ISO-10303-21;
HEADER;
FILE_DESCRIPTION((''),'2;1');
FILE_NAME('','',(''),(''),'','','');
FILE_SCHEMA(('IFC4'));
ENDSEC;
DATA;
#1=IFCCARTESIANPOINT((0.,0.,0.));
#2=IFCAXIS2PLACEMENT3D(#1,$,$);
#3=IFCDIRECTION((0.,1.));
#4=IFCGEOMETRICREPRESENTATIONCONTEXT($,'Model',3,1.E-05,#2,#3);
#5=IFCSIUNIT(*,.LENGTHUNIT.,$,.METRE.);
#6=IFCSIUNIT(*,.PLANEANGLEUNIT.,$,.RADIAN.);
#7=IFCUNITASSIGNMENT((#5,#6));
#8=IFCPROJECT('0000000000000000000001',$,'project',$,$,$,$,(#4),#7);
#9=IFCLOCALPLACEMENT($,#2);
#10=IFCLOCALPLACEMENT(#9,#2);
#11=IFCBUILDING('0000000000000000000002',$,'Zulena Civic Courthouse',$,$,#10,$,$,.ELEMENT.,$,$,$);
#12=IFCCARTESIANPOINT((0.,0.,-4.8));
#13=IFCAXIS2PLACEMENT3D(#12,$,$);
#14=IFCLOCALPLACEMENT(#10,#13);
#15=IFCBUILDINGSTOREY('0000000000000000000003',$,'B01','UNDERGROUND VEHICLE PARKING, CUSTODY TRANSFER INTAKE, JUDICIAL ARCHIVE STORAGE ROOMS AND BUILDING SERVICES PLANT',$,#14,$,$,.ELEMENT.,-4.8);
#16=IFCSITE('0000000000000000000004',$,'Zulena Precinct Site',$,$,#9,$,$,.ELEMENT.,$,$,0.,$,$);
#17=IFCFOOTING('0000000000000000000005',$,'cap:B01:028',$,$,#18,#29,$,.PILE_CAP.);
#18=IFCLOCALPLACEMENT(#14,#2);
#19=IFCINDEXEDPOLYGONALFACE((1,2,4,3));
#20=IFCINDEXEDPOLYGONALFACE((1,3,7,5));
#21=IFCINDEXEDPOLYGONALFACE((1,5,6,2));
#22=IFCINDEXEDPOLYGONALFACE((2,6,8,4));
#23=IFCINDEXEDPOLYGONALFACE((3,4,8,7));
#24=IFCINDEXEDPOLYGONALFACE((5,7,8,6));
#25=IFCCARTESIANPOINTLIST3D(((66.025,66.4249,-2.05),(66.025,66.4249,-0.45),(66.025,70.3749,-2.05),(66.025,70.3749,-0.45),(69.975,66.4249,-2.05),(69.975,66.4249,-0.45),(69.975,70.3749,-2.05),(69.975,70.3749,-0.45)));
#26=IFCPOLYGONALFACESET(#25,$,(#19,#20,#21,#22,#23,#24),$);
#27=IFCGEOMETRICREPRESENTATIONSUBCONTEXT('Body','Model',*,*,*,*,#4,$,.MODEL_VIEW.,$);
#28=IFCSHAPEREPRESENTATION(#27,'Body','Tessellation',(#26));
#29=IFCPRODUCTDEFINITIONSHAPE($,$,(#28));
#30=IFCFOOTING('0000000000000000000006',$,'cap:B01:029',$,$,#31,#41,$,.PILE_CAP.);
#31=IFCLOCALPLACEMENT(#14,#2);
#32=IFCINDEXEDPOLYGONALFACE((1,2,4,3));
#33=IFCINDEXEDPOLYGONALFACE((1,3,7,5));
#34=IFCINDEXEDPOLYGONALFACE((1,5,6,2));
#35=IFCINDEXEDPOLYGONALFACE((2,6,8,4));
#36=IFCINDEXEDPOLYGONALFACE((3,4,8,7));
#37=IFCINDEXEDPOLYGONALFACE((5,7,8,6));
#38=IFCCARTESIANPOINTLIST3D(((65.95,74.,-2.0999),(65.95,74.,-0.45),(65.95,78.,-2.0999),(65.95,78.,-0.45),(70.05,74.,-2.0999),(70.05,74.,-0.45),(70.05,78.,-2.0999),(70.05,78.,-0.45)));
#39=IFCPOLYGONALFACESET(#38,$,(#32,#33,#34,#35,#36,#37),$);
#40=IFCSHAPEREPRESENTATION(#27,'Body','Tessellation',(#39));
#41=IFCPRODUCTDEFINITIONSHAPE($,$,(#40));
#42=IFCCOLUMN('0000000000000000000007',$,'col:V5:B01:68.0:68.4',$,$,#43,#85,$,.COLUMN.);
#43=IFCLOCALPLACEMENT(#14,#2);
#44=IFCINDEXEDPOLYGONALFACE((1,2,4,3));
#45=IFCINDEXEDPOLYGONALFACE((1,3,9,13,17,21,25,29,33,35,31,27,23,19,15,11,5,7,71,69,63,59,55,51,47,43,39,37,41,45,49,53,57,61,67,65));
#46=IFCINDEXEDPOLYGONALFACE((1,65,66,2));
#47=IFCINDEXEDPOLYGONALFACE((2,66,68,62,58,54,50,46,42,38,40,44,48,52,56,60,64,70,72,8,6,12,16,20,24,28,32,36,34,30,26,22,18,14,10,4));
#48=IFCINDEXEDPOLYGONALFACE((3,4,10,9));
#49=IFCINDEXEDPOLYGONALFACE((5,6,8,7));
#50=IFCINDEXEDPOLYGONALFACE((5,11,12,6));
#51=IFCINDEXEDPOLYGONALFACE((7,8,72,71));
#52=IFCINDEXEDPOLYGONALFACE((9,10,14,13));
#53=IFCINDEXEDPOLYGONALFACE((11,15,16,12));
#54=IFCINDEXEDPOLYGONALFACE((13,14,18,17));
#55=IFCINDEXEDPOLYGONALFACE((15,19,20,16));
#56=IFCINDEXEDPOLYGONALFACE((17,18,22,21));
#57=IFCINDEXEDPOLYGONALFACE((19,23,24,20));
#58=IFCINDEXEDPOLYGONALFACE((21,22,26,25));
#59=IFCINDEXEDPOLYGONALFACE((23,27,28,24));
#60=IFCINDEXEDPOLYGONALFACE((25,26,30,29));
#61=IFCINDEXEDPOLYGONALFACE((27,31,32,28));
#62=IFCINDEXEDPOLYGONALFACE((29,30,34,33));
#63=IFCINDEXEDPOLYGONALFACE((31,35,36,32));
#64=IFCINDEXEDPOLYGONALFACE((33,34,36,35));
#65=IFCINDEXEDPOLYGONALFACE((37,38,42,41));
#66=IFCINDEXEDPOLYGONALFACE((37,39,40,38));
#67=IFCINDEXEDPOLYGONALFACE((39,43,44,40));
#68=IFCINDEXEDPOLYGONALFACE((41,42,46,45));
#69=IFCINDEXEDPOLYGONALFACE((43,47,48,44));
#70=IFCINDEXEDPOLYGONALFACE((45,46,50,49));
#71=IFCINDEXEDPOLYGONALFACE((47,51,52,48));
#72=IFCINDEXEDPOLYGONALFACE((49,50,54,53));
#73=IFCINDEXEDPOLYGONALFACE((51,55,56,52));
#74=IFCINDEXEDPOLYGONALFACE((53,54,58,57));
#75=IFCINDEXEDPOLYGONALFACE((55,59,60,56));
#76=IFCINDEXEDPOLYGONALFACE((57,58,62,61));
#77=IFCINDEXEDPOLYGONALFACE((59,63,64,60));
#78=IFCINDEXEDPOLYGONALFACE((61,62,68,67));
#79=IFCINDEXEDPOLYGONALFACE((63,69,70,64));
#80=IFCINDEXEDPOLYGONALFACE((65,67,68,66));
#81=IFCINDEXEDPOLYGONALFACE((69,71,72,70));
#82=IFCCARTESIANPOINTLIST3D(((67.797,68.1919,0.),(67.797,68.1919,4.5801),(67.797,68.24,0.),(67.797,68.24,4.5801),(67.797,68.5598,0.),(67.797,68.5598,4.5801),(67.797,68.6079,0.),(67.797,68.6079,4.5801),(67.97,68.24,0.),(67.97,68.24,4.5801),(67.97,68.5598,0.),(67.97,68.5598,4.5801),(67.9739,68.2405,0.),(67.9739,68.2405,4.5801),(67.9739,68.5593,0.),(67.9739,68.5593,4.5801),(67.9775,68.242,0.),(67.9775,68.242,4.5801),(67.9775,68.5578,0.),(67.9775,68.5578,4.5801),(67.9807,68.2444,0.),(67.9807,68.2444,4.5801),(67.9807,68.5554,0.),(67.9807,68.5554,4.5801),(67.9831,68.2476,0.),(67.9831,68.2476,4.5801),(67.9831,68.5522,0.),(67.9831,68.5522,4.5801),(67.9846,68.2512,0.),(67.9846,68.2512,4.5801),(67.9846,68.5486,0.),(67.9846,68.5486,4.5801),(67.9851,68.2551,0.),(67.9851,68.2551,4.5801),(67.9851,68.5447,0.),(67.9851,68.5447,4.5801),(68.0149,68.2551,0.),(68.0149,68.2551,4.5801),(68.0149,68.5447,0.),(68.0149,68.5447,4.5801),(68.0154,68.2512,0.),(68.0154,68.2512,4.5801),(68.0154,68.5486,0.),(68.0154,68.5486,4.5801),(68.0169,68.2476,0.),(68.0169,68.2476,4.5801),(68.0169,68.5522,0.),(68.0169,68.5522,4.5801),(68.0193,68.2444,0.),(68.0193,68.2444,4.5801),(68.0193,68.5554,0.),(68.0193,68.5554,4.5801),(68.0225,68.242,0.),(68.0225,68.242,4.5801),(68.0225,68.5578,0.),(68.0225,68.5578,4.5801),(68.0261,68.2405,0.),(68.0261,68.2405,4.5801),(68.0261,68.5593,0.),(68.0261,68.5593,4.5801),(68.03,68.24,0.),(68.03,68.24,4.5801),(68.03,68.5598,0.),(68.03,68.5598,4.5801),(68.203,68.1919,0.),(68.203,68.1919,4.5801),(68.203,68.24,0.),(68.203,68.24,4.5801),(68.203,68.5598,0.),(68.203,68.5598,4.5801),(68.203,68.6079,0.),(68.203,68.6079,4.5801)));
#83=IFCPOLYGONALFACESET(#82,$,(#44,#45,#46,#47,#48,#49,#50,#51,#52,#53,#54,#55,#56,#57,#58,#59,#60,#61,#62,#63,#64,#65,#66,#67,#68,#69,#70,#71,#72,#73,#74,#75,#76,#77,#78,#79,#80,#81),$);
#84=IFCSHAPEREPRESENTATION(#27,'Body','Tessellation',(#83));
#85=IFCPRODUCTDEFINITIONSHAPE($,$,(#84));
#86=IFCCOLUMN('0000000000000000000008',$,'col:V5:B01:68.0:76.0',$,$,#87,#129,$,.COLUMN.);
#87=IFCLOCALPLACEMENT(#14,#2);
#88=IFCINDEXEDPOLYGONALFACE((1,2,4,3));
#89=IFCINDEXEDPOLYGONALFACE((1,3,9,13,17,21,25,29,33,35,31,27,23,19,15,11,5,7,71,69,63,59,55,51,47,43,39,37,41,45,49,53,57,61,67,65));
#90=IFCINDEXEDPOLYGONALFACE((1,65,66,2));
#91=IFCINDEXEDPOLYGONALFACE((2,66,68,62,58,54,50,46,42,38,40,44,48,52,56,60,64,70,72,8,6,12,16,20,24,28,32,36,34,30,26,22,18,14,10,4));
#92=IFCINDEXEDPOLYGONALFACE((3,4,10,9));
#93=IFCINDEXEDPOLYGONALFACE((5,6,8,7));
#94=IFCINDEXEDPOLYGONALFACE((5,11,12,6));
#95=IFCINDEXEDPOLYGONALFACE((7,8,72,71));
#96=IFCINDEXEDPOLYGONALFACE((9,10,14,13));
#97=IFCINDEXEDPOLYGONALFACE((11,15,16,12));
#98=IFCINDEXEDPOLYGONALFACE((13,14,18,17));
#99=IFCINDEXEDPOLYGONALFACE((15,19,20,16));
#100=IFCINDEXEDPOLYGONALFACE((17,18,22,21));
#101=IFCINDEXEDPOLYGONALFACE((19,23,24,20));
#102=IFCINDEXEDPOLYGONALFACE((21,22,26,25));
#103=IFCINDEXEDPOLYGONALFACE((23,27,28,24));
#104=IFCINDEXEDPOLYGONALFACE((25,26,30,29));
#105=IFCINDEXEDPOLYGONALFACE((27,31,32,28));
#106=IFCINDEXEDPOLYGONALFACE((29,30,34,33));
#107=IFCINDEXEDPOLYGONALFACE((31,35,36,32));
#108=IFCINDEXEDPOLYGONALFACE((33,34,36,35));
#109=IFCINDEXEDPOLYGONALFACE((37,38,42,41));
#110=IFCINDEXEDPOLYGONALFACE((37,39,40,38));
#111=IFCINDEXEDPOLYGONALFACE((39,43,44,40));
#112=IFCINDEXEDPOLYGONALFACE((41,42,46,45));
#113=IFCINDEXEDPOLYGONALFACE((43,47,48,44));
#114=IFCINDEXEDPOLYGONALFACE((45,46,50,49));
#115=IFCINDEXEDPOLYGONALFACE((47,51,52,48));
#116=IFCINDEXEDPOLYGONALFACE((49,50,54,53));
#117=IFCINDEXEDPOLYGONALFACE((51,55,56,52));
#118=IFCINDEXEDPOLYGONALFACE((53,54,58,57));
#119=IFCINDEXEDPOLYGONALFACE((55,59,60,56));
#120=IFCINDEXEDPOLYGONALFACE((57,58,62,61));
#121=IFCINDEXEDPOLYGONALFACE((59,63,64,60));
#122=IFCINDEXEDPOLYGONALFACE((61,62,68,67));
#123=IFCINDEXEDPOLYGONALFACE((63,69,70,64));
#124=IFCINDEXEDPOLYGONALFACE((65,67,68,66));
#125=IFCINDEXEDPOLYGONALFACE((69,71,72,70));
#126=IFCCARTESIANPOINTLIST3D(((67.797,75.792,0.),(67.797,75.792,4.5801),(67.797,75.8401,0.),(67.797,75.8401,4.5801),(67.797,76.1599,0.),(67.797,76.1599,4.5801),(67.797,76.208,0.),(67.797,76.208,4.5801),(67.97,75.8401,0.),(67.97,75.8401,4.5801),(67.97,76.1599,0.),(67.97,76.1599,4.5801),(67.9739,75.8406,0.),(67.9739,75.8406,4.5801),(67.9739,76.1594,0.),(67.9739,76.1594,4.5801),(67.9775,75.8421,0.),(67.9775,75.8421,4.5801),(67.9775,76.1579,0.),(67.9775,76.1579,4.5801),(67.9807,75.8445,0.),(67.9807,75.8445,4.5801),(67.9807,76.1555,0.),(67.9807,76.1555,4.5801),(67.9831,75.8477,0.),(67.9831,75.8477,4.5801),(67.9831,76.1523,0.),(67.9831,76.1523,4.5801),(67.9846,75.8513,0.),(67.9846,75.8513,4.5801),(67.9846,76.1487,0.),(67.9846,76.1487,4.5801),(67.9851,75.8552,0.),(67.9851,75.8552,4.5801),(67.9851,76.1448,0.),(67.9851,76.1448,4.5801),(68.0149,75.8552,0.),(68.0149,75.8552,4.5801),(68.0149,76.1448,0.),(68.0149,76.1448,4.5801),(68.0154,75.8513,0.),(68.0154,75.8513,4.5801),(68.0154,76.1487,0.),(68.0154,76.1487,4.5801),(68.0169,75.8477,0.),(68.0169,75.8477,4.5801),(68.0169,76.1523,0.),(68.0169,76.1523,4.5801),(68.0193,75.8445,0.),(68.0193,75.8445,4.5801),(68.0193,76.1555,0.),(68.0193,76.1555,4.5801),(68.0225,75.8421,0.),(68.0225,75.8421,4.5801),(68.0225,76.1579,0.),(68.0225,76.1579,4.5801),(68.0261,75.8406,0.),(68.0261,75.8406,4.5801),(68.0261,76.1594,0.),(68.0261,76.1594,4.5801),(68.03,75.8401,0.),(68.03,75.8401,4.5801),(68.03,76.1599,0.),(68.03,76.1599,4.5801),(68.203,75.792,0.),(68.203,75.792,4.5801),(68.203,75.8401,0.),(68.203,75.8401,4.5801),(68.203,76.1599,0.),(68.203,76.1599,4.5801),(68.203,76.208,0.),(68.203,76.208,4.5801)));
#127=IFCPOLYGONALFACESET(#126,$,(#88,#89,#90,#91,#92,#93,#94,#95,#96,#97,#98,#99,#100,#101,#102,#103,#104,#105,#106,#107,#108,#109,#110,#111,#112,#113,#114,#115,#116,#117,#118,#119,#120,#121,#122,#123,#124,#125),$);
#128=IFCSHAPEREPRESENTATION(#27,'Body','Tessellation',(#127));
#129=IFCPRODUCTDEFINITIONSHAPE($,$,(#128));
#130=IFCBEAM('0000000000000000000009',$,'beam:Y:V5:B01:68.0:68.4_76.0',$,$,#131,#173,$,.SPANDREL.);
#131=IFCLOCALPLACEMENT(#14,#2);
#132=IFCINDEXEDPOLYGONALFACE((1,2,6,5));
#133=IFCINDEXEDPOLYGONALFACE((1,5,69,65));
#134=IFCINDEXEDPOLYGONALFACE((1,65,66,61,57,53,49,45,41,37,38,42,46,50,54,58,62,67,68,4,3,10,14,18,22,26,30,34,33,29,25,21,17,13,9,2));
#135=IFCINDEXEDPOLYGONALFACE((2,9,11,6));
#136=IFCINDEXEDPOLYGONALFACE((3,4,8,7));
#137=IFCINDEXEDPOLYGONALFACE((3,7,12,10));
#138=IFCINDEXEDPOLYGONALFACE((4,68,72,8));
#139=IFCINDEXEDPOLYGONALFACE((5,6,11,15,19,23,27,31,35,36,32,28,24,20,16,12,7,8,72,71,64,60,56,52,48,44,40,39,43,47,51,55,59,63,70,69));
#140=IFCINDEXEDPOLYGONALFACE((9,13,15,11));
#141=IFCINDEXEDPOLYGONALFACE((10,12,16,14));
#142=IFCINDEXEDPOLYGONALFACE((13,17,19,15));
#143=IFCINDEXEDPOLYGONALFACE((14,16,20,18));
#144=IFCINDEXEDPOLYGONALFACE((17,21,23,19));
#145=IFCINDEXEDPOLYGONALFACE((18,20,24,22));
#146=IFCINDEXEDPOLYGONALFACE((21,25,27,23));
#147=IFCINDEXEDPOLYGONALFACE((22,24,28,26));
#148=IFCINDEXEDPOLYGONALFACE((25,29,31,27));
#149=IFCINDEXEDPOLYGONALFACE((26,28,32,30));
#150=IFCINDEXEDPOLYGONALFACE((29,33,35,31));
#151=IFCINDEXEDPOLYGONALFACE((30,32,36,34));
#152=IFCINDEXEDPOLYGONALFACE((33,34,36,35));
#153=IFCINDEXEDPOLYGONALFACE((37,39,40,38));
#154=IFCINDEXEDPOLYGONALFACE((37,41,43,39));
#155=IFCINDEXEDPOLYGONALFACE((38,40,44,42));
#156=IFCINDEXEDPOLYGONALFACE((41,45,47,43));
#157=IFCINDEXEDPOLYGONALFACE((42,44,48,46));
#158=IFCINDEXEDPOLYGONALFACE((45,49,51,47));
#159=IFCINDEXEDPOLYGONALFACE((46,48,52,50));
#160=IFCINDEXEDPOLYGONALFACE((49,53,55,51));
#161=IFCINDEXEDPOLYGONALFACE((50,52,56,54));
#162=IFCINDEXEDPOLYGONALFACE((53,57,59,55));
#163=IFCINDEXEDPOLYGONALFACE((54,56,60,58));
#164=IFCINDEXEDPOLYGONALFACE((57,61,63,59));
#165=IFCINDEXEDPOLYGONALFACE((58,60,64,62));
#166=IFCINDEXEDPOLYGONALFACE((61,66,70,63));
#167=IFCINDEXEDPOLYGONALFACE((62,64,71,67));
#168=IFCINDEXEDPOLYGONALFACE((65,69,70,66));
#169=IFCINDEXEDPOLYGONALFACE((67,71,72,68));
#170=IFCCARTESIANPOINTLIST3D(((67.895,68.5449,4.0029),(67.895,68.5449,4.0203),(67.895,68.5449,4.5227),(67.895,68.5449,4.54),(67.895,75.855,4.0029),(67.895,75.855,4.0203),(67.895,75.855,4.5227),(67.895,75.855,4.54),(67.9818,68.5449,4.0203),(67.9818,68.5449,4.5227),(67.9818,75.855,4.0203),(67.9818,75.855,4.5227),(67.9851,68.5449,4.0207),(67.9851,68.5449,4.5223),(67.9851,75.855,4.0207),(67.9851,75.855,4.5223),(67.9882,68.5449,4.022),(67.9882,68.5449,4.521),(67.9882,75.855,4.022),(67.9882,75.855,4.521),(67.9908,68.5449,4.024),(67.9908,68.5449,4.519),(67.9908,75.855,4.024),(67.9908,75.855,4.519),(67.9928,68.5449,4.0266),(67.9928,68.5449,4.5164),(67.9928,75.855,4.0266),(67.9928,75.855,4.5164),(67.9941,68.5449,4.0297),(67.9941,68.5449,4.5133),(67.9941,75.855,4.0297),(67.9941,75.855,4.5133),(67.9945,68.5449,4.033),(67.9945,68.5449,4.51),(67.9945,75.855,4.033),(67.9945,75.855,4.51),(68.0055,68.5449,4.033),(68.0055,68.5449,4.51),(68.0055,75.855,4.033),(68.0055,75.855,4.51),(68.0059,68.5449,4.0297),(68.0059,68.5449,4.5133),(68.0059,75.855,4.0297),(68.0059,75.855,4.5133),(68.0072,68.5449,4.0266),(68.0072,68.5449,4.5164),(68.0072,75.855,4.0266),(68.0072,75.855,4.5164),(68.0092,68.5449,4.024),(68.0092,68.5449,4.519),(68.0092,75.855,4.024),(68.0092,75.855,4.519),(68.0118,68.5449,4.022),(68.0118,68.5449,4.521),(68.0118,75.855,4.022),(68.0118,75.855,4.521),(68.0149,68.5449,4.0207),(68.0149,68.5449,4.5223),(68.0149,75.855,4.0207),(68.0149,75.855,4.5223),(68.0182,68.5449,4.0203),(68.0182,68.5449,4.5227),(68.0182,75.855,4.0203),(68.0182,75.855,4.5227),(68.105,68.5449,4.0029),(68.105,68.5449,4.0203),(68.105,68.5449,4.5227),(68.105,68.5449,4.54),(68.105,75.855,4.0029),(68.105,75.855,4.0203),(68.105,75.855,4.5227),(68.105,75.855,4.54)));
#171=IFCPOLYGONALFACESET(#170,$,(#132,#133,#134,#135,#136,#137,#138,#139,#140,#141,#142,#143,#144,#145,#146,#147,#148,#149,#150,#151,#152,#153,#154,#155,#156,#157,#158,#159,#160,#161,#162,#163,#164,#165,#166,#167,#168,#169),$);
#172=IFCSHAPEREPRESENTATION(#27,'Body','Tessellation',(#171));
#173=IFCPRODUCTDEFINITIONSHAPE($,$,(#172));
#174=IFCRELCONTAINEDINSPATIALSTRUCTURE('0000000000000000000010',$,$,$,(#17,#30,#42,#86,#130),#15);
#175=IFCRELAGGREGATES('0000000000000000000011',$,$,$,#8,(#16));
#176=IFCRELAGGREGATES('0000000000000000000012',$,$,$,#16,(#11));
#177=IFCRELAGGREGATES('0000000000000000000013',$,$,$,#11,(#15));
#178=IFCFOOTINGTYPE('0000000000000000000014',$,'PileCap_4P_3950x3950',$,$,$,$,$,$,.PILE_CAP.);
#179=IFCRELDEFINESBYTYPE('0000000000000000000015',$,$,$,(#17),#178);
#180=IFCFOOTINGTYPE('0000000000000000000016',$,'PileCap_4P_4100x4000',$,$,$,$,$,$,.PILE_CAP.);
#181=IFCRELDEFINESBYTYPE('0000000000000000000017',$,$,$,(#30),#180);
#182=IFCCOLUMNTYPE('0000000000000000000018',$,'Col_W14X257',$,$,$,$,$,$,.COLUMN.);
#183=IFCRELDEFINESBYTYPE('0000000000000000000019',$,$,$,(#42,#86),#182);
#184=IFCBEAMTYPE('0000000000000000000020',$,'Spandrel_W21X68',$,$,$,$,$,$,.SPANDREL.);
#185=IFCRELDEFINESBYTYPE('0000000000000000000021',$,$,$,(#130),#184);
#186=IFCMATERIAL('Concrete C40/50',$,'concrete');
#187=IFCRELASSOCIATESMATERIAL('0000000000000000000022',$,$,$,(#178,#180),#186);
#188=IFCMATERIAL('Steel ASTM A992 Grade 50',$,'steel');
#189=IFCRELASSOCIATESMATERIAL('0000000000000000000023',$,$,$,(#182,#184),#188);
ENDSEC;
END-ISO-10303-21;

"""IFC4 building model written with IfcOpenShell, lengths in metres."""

from ifc_helpers import new_model, si_unit, direction, frame, origin, origin_2d, place, context, subcontext, project, spatial, rectangle, i_section, extrude, material, material_profile, profile_set, type_object, element, save


model = new_model("IFC4")

# Units and contexts
model_context = context("Model", 3, precision=1e-05, world=origin(), true_north=direction((0.0, 1.0)))
body_context = subcontext(model_context, "Body", "Model", "MODEL_VIEW")
ifc_project = project(units=[si_unit("LENGTHUNIT", "METRE"), si_unit("PLANEANGLEUNIT", "RADIAN")], contexts=[model_context])

# Site, building, storey
site_placement = place(None, origin())
site = spatial("IfcSite", under=ifc_project, at=site_placement, Name="Zulena Precinct Site", CompositionType="ELEMENT", RefElevation=0.0)
building_placement = place(site_placement, origin())
building = spatial("IfcBuilding", under=site, at=building_placement, Name="Zulena Civic Courthouse", CompositionType="ELEMENT")
storey_placement = place(building_placement, frame((0.0, 0.0, -4.8)))
storey = spatial("IfcBuildingStorey", under=building, at=storey_placement, Name="B01", Description="UNDERGROUND VEHICLE PARKING, CUSTODY TRANSFER INTAKE, JUDICIAL ARCHIVE STORAGE ROOMS AND BUILDING SERVICES PLANT", CompositionType="ELEMENT", Elevation=-4.8)

# Shared definitions
ifc_material_1 = material(Name="Concrete C40/50", Category="concrete")

# Footings
footing_type_1 = type_object("IfcFootingType", Name="PileCap_4P_3950x3950", PredefinedType="PILE_CAP", material=ifc_material_1)
footing_1_placement = place(storey_placement, frame((68.0, 68.3999, -2.05), z_axis=(0.0, 0.0, 1.0), x_axis=(1.0, 0.0, 0.0)))
element("IfcFooting", 1, at=footing_1_placement, inside=storey, type_object=footing_type_1, Name="cap:B01:028", PredefinedType="PILE_CAP", context=body_context, shape_type="SweptSolid", body=[
    extrude(rectangle(XDim=3.95, YDim=3.95, at=origin_2d()), origin(), (0.0, 0.0, 1.0), 1.6001),
])
footing_type_2 = type_object("IfcFootingType", Name="PileCap_4P_4100x4000", PredefinedType="PILE_CAP", material=ifc_material_1)
footing_2_placement = place(storey_placement, frame((68.0, 76.0, -2.0999), z_axis=(0.0, 0.0, 1.0), x_axis=(1.0, 0.0, 0.0)))
element("IfcFooting", 2, at=footing_2_placement, inside=storey, type_object=footing_type_2, Name="cap:B01:029", PredefinedType="PILE_CAP", context=body_context, shape_type="SweptSolid", body=[
    extrude(rectangle(XDim=4.1001, YDim=4.0, at=origin_2d()), origin(), (0.0, 0.0, 1.0), 1.6499),
])

# Columns
ifc_material_2 = material(Name="Steel ASTM A992 Grade 50", Category="steel")
ifc_material_profile_1 = material_profile(ifc_material_2, i_section(OverallWidth=0.406, OverallDepth=0.416, WebThickness=0.0298, FlangeThickness=0.0481, FilletRadius=0.0151, at=origin_2d()), Name="W14X257")
ifc_profile_set_1 = profile_set([ifc_material_profile_1], Name="Steel ASTM A992 Grade 50")
column_type = type_object("IfcColumnType", Name="Col_W14X257", PredefinedType="COLUMN", material=ifc_profile_set_1)
for number, where, z_axis, x_axis, name in (
    (3, (68.0, 68.3999, 0.0), (0.0, 0.0, 1.0), (1.0, 0.0, 0.0), "col:V5:B01:68.0:68.4"),
    (4, (68.0, 76.0, 0.0), (0.0, 0.0, 1.0), (1.0, 0.0, 0.0), "col:V5:B01:68.0:76.0"),
):
    element("IfcColumn", number, at=place(storey_placement, frame(where, z_axis=z_axis, x_axis=x_axis)), inside=storey, type_object=column_type, Name=name, PredefinedType="COLUMN", context=body_context, shape_type="SweptSolid", body=[
        extrude(i_section(OverallWidth=0.406, OverallDepth=0.416, WebThickness=0.0298, FlangeThickness=0.0481, FilletRadius=0.0151, at=origin_2d()), origin(), (0.0, 0.0, 1.0), 4.5801),
    ])

# Beam
ifc_material_profile_2 = material_profile(ifc_material_2, i_section(OverallWidth=0.21, OverallDepth=0.5371, WebThickness=0.011, FlangeThickness=0.0173, FilletRadius=0.0127, at=origin_2d()), Name="W21X68")
ifc_profile_set_2 = profile_set([ifc_material_profile_2], Name="Steel ASTM A992 Grade 50")
beam_type = type_object("IfcBeamType", Name="Spandrel_W21X68", PredefinedType="SPANDREL", material=ifc_profile_set_2)
beam_placement = place(storey_placement, frame((68.0, 68.5449, 4.2715), z_axis=(0.0, 1.0, 0.0), x_axis=(-1.0, 0.0, 0.0)))
element("IfcBeam", 5, at=beam_placement, inside=storey, type_object=beam_type, Name="beam:Y:V5:B01:68.0:68.4_76.0", PredefinedType="SPANDREL", context=body_context, shape_type="SweptSolid", body=[
    extrude(i_section(OverallWidth=0.21, OverallDepth=0.5371, WebThickness=0.011, FlangeThickness=0.0173, FilletRadius=0.0127, at=origin_2d()), origin(), (0.0, 0.0, 1.0), 7.3101),
])

save(model, "model.ifc")
